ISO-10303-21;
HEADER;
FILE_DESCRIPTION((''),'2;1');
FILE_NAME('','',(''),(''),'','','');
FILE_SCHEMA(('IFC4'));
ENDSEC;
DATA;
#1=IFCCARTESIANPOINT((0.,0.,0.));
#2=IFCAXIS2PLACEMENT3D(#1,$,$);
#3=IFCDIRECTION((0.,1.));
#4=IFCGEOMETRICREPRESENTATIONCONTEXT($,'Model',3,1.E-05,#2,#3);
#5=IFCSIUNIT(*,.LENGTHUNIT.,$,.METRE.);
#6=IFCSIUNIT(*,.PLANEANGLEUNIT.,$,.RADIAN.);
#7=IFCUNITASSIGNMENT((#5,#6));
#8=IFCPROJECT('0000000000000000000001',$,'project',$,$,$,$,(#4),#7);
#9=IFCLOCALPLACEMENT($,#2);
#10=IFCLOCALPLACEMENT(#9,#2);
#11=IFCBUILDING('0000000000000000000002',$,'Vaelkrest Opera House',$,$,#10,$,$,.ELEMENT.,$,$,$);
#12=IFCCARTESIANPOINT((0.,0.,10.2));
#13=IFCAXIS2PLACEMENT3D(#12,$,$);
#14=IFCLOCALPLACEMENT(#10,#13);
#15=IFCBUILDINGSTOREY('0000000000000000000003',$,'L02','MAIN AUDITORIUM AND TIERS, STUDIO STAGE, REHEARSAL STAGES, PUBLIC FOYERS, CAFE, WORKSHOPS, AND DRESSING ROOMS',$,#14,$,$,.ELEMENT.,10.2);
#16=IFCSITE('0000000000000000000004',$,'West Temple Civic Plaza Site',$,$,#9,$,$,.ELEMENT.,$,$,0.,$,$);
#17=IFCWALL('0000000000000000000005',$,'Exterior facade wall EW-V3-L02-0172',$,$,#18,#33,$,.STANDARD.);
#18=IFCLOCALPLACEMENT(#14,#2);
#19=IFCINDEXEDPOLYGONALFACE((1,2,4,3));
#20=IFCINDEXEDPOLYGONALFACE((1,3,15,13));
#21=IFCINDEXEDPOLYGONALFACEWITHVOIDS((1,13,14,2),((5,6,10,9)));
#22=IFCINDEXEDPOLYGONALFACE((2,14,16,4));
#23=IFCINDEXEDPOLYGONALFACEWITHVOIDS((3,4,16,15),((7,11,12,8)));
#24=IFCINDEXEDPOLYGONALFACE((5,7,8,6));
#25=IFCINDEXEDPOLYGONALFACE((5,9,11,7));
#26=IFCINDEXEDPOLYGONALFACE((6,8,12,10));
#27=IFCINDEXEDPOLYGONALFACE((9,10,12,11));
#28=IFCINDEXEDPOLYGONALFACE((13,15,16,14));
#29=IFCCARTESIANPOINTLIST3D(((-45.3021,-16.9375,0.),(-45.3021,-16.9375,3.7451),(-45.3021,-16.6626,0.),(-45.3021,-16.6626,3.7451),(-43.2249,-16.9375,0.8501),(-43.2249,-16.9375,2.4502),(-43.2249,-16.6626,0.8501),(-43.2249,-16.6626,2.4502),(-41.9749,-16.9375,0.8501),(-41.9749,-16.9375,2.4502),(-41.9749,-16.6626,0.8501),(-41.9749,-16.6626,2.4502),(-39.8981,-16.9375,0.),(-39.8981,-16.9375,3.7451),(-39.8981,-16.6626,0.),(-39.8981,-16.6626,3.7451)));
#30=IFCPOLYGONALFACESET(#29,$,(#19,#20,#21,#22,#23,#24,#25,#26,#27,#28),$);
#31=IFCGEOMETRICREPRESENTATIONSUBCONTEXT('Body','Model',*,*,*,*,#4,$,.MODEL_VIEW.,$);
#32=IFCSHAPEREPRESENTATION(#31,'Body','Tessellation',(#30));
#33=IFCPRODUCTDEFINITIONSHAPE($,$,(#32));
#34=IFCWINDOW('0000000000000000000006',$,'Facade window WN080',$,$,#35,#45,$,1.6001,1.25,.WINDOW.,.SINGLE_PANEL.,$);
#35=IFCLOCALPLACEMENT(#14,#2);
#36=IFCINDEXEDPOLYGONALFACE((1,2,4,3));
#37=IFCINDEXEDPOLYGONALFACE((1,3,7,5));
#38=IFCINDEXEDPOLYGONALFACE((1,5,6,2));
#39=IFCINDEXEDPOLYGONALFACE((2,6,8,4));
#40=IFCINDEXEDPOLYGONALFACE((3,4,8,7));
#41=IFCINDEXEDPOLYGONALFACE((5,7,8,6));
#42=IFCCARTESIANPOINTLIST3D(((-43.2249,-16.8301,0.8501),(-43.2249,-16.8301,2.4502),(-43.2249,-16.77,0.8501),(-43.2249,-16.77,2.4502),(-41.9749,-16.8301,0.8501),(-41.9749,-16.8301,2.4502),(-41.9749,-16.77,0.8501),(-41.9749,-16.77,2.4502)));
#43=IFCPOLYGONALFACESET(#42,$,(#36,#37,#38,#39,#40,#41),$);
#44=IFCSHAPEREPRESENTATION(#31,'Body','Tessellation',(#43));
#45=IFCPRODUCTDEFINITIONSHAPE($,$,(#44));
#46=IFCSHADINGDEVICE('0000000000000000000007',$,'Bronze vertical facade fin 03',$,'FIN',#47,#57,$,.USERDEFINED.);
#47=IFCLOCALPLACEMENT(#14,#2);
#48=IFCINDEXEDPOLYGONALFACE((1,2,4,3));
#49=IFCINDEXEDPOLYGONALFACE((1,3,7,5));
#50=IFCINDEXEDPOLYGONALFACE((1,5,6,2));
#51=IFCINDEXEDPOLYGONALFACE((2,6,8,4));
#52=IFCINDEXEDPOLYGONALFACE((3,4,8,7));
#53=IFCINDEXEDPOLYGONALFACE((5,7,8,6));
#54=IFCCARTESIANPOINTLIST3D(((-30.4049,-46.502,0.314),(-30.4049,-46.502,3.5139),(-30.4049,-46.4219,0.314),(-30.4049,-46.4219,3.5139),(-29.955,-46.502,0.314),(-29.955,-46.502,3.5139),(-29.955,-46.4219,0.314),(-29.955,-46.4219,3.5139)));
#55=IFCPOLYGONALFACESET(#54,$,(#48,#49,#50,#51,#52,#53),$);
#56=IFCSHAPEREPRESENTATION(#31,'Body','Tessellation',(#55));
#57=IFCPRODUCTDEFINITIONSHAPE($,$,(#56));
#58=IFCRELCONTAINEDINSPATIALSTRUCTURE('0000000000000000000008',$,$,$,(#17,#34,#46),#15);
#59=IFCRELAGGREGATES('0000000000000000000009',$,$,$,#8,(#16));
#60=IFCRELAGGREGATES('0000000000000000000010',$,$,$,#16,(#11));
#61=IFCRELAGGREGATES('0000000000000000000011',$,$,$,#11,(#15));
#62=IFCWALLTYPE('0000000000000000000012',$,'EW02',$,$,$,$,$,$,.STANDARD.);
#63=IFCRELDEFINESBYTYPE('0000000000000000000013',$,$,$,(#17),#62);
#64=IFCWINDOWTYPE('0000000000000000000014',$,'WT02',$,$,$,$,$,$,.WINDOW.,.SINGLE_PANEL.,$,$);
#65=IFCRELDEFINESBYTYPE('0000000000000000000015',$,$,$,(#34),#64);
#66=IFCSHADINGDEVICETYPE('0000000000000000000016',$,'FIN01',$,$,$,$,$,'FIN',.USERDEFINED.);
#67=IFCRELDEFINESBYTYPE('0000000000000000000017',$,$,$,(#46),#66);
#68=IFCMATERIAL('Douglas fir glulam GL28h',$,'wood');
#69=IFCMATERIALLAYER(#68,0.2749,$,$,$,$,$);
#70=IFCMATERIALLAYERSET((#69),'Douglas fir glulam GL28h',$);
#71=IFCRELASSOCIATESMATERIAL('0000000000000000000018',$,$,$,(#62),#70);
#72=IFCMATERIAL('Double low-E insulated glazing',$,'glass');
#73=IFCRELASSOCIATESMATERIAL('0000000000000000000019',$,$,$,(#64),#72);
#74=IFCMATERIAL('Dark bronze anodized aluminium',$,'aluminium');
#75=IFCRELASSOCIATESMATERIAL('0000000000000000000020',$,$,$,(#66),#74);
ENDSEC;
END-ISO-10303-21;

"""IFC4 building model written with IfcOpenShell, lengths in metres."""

from ifc_helpers import new_model, si_unit, direction, frame, frame_2d, origin, origin_2d, place, context, subcontext, project, spatial, rectangle, extrude, material, layer, layer_set, type_object, element, fill, save


model = new_model("IFC4")

# Units and contexts
model_context = context("Model", 3, precision=1e-05, world=origin(), true_north=direction((0.0, 1.0)))
body_context = subcontext(model_context, "Body", "Model", "MODEL_VIEW")
ifc_project = project(units=[si_unit("LENGTHUNIT", "METRE"), si_unit("PLANEANGLEUNIT", "RADIAN")], contexts=[model_context])

# Site, building, storey
site_placement = place(None, origin())
site = spatial("IfcSite", under=ifc_project, at=site_placement, Name="West Temple Civic Plaza Site", CompositionType="ELEMENT", RefElevation=0.0)
building_placement = place(site_placement, origin())
building = spatial("IfcBuilding", under=site, at=building_placement, Name="Vaelkrest Opera House", CompositionType="ELEMENT")
storey_placement = place(building_placement, frame((0.0, 0.0, 10.2)))
storey = spatial("IfcBuildingStorey", under=building, at=storey_placement, Name="L02", Description="MAIN AUDITORIUM AND TIERS, STUDIO STAGE, REHEARSAL STAGES, PUBLIC FOYERS, CAFE, WORKSHOPS, AND DRESSING ROOMS", CompositionType="ELEMENT", Elevation=10.2)

# Shared definitions
ifc_material_1 = material(Name="Dark bronze anodized aluminium", Category="aluminium")

# Shared definitions
ifc_material_2 = material(Name="Double low-E insulated glazing", Category="glass")

# Wall, opening, window
ifc_material_3 = material(Name="Douglas fir glulam GL28h", Category="wood")
ifc_layer_1 = layer(ifc_material_3, 0.2749)
ifc_layer_set_1 = layer_set([ifc_layer_1], Name="Douglas fir glulam GL28h")
wall_type = type_object("IfcWallType", Name="EW02", PredefinedType="STANDARD", material=ifc_layer_set_1)
wall_placement = place(storey_placement, frame((-39.8979, -16.8, 0.0), z_axis=(0.0, 0.0, 1.0), x_axis=(-1.0, 0.0, 0.0)))
wall = element("IfcWall", 1, at=wall_placement, inside=storey, type_object=wall_type, Name="Exterior facade wall EW-V3-L02-0172", PredefinedType="STANDARD", context=body_context, shape_type="SweptSolid", body=[
    extrude(rectangle(XDim=5.4041, YDim=0.2749, at=frame_2d((2.7021, 0.0))), origin(), (0.0, 0.0, 1.0), 3.7451),
])
opening_placement = place(wall_placement, frame((2.0769, 0.0, 0.8501)))
opening = element("IfcOpeningElement", 2, at=opening_placement, cuts=wall, PredefinedType="OPENING", context=body_context, shape_type="SweptSolid", body=[
    extrude(rectangle(XDim=1.25, YDim=1.6001, at=frame_2d((0.625, 0.8))), frame((0.0, 0.1475, 0.0), z_axis=(0.0, -1.0, 0.0), x_axis=(1.0, 0.0, 0.0)), (0.0, 0.0, 1.0), 0.2949),
])
window_type = type_object("IfcWindowType", Name="WT02", PartitioningType="SINGLE_PANEL", PredefinedType="WINDOW", material=ifc_material_2)
window_placement = place(opening_placement, origin())
window = element("IfcWindow", 3, at=window_placement, inside=storey, type_object=window_type, Name="Facade window WN080", OverallHeight=1.6001, OverallWidth=1.25, PartitioningType="SINGLE_PANEL", PredefinedType="WINDOW", context=body_context, shape_type="SweptSolid", body=[
    extrude(rectangle(XDim=1.25, YDim=1.6001, at=frame_2d((0.625, 0.8))), frame((0.0, 0.03, 0.0), z_axis=(0.0, -1.0, 0.0), x_axis=(1.0, 0.0, 0.0)), (0.0, 0.0, 1.0), 0.0601),
])
fill(opening, window)

# Shading device
shading_device_type = type_object("IfcShadingDeviceType", Name="FIN01", ElementType="FIN", PredefinedType="USERDEFINED", material=ifc_material_1)
shading_device_placement = place(storey_placement, frame((-30.1799, -46.4619, 0.314), z_axis=(0.0, 0.0, 1.0), x_axis=(-1.0, 0.0, 0.0)))
element("IfcShadingDevice", 4, at=shading_device_placement, inside=storey, type_object=shading_device_type, Name="Bronze vertical facade fin 03", ObjectType="FIN", PredefinedType="USERDEFINED", context=body_context, shape_type="SweptSolid", body=[
    extrude(rectangle(XDim=0.45, YDim=0.0801, at=origin_2d()), origin(), (0.0, 0.0, 1.0), 3.2),
])

save(model, "model.ifc")
